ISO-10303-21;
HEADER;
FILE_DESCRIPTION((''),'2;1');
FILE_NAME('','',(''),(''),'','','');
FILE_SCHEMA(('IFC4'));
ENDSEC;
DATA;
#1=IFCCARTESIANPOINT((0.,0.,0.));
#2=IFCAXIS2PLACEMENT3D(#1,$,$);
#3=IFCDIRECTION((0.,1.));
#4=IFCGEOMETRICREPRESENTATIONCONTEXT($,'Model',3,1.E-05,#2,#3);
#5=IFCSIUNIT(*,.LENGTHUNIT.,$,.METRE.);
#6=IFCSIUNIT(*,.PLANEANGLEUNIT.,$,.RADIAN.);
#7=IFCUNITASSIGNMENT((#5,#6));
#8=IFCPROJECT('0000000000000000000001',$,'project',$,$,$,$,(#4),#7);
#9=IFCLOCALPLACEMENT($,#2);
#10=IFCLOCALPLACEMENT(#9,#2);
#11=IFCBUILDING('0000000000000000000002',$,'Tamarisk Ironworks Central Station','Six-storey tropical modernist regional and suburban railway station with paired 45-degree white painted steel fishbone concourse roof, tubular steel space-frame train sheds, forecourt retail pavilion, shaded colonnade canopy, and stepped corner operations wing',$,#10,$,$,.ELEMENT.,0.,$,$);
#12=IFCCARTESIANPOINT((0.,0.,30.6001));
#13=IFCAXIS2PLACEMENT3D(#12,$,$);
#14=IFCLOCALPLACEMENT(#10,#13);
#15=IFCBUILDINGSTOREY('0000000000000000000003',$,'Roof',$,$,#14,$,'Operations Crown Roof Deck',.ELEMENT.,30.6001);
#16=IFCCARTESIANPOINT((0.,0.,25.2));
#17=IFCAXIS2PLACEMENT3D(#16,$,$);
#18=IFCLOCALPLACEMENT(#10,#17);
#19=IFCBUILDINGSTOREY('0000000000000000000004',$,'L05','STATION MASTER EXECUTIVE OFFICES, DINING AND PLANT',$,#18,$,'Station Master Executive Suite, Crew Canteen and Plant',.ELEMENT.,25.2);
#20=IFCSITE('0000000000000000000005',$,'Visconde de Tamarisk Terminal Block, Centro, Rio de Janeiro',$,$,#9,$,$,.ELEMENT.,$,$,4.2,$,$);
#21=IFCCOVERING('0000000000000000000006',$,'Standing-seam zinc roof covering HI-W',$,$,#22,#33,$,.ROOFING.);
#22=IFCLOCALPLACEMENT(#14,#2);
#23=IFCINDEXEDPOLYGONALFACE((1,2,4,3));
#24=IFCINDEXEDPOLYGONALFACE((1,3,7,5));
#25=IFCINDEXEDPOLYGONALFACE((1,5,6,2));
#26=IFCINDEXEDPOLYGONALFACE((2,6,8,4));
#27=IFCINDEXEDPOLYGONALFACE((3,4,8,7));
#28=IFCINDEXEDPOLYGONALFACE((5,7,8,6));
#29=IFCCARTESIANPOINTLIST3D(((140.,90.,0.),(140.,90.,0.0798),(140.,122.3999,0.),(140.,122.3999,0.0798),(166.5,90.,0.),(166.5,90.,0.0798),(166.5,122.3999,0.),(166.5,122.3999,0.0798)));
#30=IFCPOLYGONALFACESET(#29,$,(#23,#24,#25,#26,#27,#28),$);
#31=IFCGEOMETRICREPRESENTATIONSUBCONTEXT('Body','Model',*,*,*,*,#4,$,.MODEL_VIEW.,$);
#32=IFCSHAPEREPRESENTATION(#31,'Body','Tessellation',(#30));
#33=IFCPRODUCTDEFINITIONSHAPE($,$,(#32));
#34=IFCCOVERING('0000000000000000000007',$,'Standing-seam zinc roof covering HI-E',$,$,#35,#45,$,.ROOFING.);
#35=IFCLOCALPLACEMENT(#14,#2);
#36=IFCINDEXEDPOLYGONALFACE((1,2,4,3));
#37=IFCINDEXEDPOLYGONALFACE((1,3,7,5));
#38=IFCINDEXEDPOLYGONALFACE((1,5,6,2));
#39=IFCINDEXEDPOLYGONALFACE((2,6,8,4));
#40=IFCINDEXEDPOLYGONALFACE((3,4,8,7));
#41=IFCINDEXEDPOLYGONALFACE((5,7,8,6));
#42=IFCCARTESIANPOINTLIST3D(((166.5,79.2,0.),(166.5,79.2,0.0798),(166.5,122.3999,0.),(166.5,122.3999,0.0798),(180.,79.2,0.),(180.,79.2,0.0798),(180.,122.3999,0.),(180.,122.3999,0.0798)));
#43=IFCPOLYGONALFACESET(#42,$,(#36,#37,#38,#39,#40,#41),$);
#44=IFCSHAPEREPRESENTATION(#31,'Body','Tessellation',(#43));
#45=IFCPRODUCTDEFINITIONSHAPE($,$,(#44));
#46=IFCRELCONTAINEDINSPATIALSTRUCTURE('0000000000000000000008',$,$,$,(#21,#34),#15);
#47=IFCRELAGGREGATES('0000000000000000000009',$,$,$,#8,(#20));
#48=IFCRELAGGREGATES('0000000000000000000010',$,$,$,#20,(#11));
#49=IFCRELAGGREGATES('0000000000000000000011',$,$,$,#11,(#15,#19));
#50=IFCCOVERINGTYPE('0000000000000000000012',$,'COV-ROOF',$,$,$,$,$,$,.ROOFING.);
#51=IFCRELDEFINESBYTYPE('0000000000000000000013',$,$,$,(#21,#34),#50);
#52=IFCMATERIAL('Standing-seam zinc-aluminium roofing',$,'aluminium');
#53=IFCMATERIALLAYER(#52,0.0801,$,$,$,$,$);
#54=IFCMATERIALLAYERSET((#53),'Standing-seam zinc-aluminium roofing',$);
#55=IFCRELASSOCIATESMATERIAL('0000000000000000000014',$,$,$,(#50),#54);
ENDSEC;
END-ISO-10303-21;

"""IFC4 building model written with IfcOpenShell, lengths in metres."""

from ifc_helpers import new_model, si_unit, direction, frame, origin, place, context, subcontext, project, spatial, polyline, outline, extrude, material, layer, layer_set, type_object, element, save


model = new_model("IFC4")

# Units and contexts
model_context = context("Model", 3, precision=1e-05, world=origin(), true_north=direction((0.0, 1.0)))
body_context = subcontext(model_context, "Body", "Model", "MODEL_VIEW")
ifc_project = project(units=[si_unit("LENGTHUNIT", "METRE"), si_unit("PLANEANGLEUNIT", "RADIAN")], contexts=[model_context])

# Site, building, storey
site_placement = place(None, origin())
site = spatial("IfcSite", under=ifc_project, at=site_placement, Name="Visconde de Tamarisk Terminal Block, Centro, Rio de Janeiro", CompositionType="ELEMENT", RefElevation=4.2)
building_placement = place(site_placement, origin())
building = spatial("IfcBuilding", under=site, at=building_placement, Name="Tamarisk Ironworks Central Station", Description="Six-storey tropical modernist regional and suburban railway station with paired 45-degree white painted steel fishbone concourse roof, tubular steel space-frame train sheds, forecourt retail pavilion, shaded colonnade canopy, and stepped corner operations wing", CompositionType="ELEMENT", ElevationOfRefHeight=0.0)
storey_1_placement = place(building_placement, frame((0.0, 0.0, 30.6001)))
storey_1 = spatial("IfcBuildingStorey", under=building, at=storey_1_placement, Name="Roof", LongName="Operations Crown Roof Deck", CompositionType="ELEMENT", Elevation=30.6001)

# Shared definitions
storey_2_placement = place(building_placement, frame((0.0, 0.0, 25.2)))
storey_2 = spatial("IfcBuildingStorey", under=building, at=storey_2_placement, Name="L05", Description="STATION MASTER EXECUTIVE OFFICES, DINING AND PLANT", LongName="Station Master Executive Suite, Crew Canteen and Plant", CompositionType="ELEMENT", Elevation=25.2)

# Coverings
ifc_material_1 = material(Name="Standing-seam zinc-aluminium roofing", Category="aluminium")
ifc_layer_1 = layer(ifc_material_1, 0.0801)
ifc_layer_set_1 = layer_set([ifc_layer_1], Name="Standing-seam zinc-aluminium roofing")
covering_type = type_object("IfcCoveringType", Name="COV-ROOF", PredefinedType="ROOFING", material=ifc_layer_set_1)
covering_1_placement = place(storey_1_placement, origin())
element("IfcCovering", 1, at=covering_1_placement, inside=storey_1, type_object=covering_type, Name="Standing-seam zinc roof covering HI-W", PredefinedType="ROOFING", context=body_context, shape_type="SweptSolid", body=[
    extrude(outline(polyline([(140.0, 90.0), (166.5, 90.0), (166.5, 122.3999), (140.0, 122.3999), (140.0, 90.0)])), origin(), (0.0, 0.0, 1.0), 0.0798),
])
covering_2_placement = place(storey_1_placement, origin())
element("IfcCovering", 2, at=covering_2_placement, inside=storey_1, type_object=covering_type, Name="Standing-seam zinc roof covering HI-E", PredefinedType="ROOFING", context=body_context, shape_type="SweptSolid", body=[
    extrude(outline(polyline([(166.5, 79.2), (180.0, 79.2), (180.0, 122.3999), (166.5, 122.3999), (166.5, 79.2)])), origin(), (0.0, 0.0, 1.0), 0.0798),
])

save(model, "model.ifc")
